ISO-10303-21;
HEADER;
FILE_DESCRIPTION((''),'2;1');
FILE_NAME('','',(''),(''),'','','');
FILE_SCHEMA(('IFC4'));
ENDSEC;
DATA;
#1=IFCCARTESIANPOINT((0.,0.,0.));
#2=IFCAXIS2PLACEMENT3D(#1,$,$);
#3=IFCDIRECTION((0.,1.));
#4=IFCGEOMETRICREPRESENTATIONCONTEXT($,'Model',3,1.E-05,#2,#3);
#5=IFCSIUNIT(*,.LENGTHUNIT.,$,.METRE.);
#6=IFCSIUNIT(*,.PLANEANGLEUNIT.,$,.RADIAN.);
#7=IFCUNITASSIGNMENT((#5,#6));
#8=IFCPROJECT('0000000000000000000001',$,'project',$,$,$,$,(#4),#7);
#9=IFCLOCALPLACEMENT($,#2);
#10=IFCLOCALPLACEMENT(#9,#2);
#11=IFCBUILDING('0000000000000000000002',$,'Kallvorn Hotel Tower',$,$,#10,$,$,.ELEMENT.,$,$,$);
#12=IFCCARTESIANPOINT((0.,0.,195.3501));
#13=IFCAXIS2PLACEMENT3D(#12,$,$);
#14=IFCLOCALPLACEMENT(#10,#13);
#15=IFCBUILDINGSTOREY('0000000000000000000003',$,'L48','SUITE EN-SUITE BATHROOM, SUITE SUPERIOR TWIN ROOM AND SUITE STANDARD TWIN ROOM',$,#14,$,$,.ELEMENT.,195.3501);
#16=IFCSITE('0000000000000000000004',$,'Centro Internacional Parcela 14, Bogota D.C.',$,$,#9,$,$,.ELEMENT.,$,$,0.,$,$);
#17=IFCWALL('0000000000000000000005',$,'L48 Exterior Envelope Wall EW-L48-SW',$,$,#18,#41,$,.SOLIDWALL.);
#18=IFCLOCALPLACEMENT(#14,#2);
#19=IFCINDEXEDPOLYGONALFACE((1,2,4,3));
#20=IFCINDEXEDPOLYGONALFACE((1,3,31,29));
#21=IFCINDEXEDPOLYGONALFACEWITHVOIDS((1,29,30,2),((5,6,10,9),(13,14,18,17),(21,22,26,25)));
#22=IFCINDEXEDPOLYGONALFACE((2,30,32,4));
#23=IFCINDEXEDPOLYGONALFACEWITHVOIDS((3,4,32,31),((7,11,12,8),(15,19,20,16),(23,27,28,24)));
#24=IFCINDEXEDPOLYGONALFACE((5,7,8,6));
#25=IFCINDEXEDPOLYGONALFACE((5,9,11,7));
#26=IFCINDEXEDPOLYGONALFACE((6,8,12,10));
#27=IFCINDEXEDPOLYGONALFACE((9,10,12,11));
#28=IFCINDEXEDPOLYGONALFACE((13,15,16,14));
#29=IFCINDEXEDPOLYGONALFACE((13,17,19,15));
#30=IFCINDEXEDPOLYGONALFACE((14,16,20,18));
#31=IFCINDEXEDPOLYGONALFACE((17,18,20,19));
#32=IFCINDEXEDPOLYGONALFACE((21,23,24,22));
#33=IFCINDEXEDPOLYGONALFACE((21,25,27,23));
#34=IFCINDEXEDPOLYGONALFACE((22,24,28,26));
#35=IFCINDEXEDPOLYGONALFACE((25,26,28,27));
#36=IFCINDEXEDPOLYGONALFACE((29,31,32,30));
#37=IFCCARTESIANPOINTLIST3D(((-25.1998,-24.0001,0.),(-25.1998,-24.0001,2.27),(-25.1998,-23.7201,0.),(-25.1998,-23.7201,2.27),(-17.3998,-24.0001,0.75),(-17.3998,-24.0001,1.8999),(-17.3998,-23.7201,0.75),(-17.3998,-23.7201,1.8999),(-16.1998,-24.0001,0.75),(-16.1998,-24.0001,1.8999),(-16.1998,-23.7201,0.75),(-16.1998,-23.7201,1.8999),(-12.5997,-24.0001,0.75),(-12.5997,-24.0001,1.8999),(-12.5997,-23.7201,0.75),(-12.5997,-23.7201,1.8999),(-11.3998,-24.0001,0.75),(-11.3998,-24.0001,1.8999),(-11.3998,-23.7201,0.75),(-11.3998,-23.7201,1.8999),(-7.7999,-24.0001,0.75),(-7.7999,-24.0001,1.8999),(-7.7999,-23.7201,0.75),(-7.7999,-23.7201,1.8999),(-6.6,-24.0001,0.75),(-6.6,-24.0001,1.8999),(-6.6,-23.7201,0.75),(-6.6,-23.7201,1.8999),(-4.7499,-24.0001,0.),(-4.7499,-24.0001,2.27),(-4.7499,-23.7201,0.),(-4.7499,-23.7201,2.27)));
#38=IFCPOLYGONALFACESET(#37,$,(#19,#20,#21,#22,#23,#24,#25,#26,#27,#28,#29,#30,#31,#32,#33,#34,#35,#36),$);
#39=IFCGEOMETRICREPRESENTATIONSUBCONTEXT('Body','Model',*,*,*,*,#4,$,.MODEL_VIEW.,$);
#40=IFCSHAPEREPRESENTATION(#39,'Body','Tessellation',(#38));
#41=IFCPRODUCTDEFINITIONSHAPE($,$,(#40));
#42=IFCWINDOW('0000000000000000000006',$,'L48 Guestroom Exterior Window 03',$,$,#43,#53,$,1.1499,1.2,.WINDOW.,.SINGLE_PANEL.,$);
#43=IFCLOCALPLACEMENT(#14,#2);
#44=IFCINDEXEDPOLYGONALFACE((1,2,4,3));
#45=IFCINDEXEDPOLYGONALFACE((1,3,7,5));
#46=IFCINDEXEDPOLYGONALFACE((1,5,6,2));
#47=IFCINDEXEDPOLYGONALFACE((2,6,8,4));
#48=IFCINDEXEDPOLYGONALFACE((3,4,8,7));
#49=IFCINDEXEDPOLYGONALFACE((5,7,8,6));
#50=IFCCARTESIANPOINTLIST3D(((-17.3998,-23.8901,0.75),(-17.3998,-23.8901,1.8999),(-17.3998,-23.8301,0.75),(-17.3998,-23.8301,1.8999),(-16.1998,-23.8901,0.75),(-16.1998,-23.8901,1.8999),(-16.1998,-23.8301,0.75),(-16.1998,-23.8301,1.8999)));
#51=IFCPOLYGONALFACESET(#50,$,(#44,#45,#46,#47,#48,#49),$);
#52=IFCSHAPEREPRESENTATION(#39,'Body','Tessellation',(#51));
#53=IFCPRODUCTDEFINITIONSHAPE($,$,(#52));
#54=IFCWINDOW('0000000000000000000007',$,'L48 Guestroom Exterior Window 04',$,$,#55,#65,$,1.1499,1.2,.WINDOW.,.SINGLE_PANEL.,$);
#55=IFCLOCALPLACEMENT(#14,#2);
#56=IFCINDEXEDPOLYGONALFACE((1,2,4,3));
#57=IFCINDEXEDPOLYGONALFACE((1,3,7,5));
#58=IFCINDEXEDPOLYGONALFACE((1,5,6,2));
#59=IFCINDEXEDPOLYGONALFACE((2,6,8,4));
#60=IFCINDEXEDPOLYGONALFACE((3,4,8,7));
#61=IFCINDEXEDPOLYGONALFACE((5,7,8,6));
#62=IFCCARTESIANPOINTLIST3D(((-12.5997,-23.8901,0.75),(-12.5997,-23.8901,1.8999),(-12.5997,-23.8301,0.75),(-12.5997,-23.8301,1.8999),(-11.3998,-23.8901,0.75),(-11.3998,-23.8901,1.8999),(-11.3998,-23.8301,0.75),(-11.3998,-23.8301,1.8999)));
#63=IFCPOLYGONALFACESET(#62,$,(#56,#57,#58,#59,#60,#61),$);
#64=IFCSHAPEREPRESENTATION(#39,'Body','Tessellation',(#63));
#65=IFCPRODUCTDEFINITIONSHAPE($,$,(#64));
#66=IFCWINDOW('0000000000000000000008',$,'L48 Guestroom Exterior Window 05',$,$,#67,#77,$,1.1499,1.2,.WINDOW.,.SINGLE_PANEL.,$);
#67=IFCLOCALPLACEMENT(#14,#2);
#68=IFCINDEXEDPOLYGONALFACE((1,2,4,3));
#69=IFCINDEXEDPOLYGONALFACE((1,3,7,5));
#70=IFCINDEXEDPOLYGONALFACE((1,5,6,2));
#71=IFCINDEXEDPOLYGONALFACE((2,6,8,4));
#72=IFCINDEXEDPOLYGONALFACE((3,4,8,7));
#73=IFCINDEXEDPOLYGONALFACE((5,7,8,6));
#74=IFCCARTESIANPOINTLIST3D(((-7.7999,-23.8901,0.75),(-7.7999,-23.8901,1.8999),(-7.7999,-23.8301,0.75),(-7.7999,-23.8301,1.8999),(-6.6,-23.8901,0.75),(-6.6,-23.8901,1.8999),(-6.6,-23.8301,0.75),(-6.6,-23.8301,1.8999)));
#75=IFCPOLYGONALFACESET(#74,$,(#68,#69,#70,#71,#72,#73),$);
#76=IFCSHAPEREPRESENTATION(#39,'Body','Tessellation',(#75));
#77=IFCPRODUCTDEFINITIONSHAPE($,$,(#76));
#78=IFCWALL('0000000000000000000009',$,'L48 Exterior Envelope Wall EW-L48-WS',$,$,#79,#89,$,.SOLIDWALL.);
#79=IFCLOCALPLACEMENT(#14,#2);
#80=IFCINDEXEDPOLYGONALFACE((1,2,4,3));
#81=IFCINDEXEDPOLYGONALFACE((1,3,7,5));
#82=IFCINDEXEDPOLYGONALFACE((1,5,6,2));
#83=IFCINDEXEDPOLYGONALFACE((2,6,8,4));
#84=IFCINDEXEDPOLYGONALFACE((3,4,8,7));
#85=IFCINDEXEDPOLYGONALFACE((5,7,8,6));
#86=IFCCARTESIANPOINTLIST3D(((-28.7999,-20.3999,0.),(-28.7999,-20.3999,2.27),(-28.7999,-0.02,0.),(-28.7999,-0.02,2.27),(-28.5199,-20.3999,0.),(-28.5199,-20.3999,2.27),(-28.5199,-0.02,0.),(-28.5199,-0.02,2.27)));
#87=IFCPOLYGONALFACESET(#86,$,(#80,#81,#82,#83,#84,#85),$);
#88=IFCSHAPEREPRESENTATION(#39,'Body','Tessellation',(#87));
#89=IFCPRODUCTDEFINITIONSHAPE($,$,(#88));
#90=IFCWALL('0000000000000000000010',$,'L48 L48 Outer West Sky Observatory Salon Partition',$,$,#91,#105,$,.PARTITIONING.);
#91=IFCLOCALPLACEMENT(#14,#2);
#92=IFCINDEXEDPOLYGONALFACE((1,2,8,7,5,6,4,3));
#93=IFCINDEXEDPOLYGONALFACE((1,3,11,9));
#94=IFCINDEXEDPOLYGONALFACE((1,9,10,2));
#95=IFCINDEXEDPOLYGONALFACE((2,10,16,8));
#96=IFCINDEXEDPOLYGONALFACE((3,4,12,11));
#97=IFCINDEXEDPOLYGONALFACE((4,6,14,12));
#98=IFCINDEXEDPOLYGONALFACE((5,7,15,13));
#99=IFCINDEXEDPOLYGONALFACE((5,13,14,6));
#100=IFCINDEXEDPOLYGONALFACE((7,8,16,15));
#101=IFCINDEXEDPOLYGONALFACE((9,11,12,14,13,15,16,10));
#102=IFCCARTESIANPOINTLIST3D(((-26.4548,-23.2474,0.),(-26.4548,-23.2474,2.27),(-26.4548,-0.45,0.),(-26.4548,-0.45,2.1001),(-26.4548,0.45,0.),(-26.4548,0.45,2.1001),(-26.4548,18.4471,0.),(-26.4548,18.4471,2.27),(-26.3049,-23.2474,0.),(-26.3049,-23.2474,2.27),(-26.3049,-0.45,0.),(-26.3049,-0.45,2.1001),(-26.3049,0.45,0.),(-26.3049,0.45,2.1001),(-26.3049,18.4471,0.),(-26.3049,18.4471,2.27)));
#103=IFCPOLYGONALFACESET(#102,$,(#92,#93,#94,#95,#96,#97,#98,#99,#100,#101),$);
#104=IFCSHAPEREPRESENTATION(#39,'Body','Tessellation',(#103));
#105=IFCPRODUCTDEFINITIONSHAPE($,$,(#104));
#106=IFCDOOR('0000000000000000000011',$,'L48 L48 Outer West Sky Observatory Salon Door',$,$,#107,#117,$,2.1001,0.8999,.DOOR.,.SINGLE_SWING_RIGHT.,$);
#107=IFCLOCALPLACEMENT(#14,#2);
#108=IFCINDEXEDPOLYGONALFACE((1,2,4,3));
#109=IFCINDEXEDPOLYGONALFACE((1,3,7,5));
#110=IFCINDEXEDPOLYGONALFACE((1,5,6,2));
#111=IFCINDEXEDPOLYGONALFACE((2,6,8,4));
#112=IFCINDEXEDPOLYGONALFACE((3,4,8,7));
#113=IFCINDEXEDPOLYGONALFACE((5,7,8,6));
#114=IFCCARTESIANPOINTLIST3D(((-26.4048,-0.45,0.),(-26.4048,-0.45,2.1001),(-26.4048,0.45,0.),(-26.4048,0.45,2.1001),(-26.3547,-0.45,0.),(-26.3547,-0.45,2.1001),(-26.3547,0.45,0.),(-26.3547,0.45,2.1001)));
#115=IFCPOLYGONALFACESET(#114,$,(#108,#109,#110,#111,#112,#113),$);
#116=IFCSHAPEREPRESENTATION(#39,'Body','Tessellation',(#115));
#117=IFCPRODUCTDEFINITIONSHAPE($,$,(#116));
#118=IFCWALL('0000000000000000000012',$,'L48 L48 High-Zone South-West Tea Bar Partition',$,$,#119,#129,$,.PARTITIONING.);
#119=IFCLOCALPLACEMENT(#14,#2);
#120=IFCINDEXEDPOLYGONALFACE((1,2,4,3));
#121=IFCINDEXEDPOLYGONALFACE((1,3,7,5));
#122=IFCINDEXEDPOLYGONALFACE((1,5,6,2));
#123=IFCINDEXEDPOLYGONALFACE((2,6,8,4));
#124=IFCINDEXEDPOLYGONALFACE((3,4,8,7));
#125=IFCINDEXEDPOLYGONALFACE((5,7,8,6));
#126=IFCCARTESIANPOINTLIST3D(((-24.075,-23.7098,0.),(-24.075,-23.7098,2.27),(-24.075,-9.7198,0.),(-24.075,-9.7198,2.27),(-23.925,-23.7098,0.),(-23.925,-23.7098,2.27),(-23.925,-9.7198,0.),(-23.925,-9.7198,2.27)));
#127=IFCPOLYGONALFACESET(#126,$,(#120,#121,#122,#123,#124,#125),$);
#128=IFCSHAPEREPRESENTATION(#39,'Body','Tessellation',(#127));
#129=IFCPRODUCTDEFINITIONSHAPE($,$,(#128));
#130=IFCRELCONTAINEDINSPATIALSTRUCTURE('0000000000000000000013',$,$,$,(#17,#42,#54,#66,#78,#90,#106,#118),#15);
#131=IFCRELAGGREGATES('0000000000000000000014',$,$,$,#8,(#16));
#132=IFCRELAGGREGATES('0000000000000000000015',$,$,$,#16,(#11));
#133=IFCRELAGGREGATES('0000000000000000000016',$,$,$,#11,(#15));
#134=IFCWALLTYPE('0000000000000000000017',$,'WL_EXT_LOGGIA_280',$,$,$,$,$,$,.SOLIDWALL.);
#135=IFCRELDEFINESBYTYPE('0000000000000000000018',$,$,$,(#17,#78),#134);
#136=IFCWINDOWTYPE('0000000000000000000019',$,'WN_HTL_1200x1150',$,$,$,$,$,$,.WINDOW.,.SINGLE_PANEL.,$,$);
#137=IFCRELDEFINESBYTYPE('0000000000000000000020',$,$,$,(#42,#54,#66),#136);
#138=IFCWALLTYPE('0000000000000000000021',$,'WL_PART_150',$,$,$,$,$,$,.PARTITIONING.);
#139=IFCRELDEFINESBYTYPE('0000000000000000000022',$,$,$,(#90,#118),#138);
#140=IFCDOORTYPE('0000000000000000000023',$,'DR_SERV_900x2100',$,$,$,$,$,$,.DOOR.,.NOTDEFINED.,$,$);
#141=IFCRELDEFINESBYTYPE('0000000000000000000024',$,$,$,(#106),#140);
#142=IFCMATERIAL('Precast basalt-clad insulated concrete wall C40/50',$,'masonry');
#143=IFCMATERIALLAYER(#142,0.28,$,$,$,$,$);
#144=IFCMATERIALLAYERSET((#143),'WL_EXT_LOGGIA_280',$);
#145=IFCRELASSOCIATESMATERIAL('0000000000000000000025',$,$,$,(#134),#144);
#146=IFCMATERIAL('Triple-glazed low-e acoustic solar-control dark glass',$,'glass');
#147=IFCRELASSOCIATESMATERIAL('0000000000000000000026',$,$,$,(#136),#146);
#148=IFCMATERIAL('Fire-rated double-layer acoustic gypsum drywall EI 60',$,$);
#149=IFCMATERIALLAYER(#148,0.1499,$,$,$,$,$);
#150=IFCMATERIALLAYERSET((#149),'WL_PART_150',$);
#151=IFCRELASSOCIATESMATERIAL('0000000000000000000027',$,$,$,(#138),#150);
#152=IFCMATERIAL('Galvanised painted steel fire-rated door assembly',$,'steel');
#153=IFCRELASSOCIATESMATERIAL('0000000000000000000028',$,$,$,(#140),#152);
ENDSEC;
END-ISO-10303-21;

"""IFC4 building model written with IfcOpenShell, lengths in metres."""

from ifc_helpers import new_model, si_unit, direction, frame, frame_2d, origin, place, context, subcontext, project, spatial, rectangle, extrude, material, layer, layer_set, type_object, element, fill, save


model = new_model("IFC4")

# Units and contexts
model_context = context("Model", 3, precision=1e-05, world=origin(), true_north=direction((0.0, 1.0)))
body_context = subcontext(model_context, "Body", "Model", "MODEL_VIEW")
ifc_project = project(units=[si_unit("LENGTHUNIT", "METRE"), si_unit("PLANEANGLEUNIT", "RADIAN")], contexts=[model_context])

# Site, building, storey
site_placement = place(None, origin())
site = spatial("IfcSite", under=ifc_project, at=site_placement, Name="Centro Internacional Parcela 14, Bogota D.C.", CompositionType="ELEMENT", RefElevation=0.0)
building_placement = place(site_placement, origin())
building = spatial("IfcBuilding", under=site, at=building_placement, Name="Kallvorn Hotel Tower", CompositionType="ELEMENT")
storey_placement = place(building_placement, frame((0.0, 0.0, 195.3501)))
storey = spatial("IfcBuildingStorey", under=building, at=storey_placement, Name="L48", Description="SUITE EN-SUITE BATHROOM, SUITE SUPERIOR TWIN ROOM AND SUITE STANDARD TWIN ROOM", CompositionType="ELEMENT", Elevation=195.3501)

# Shared definitions
ifc_material_1 = material(Name="Precast basalt-clad insulated concrete wall C40/50", Category="masonry")
ifc_layer_1 = layer(ifc_material_1, 0.28)
ifc_layer_set_1 = layer_set([ifc_layer_1], Name="WL_EXT_LOGGIA_280")
wall_type_1 = type_object("IfcWallType", Name="WL_EXT_LOGGIA_280", PredefinedType="SOLIDWALL", material=ifc_layer_set_1)

# Wall, openings, windows
wall_1_placement = place(storey_placement, frame((-25.2, -23.8601, 0.0), z_axis=(0.0, 0.0, 1.0), x_axis=(1.0, 0.0, 0.0)))
wall_1 = element("IfcWall", 1, at=wall_1_placement, inside=storey, type_object=wall_type_1, Name="L48 Exterior Envelope Wall EW-L48-SW", PredefinedType="SOLIDWALL", context=body_context, shape_type="SweptSolid", body=[
    extrude(rectangle(XDim=20.45, YDim=0.28, at=frame_2d((10.2251, 0.0))), origin(), (0.0, 0.0, 1.0), 2.27),
])
opening_1_placement = place(wall_1_placement, frame((7.8, 0.0, 0.75)))
opening_1 = element("IfcOpeningElement", 2, at=opening_1_placement, cuts=wall_1, PredefinedType="OPENING", context=body_context, shape_type="SweptSolid", body=[
    extrude(rectangle(XDim=1.2, YDim=1.1499, at=frame_2d((0.6001, 0.575))), frame((0.0, 0.155, 0.0), z_axis=(0.0, -1.0, 0.0), x_axis=(1.0, 0.0, 0.0)), (0.0, 0.0, 1.0), 0.3101),
])
opening_2_placement = place(wall_1_placement, frame((12.6001, 0.0, 0.75)))
opening_2 = element("IfcOpeningElement", 3, at=opening_2_placement, cuts=wall_1, PredefinedType="OPENING", context=body_context, shape_type="SweptSolid", body=[
    extrude(rectangle(XDim=1.2, YDim=1.1499, at=frame_2d((0.6001, 0.575))), frame((0.0, 0.155, 0.0), z_axis=(0.0, -1.0, 0.0), x_axis=(1.0, 0.0, 0.0)), (0.0, 0.0, 1.0), 0.3101),
])
opening_3_placement = place(wall_1_placement, frame((17.3999, 0.0, 0.75)))
opening_3 = element("IfcOpeningElement", 4, at=opening_3_placement, cuts=wall_1, PredefinedType="OPENING", context=body_context, shape_type="SweptSolid", body=[
    extrude(rectangle(XDim=1.2, YDim=1.1499, at=frame_2d((0.6001, 0.575))), frame((0.0, 0.155, 0.0), z_axis=(0.0, -1.0, 0.0), x_axis=(1.0, 0.0, 0.0)), (0.0, 0.0, 1.0), 0.3101),
])
ifc_material_2 = material(Name="Triple-glazed low-e acoustic solar-control dark glass", Category="glass")
window_type = type_object("IfcWindowType", Name="WN_HTL_1200x1150", PartitioningType="SINGLE_PANEL", PredefinedType="WINDOW", material=ifc_material_2)
window_1_placement = place(opening_1_placement, origin())
window_1 = element("IfcWindow", 5, at=window_1_placement, inside=storey, type_object=window_type, Name="L48 Guestroom Exterior Window 03", OverallHeight=1.1499, OverallWidth=1.2, PartitioningType="SINGLE_PANEL", PredefinedType="WINDOW", context=body_context, shape_type="SweptSolid", body=[
    extrude(rectangle(XDim=1.2, YDim=1.1499, at=frame_2d((0.6001, 0.575))), frame((0.0, 0.03, 0.0), z_axis=(0.0, -1.0, 0.0), x_axis=(1.0, 0.0, 0.0)), (0.0, 0.0, 1.0), 0.0601),
])
fill(opening_1, window_1)
window_2_placement = place(opening_2_placement, origin())
window_2 = element("IfcWindow", 6, at=window_2_placement, inside=storey, type_object=window_type, Name="L48 Guestroom Exterior Window 04", OverallHeight=1.1499, OverallWidth=1.2, PartitioningType="SINGLE_PANEL", PredefinedType="WINDOW", context=body_context, shape_type="SweptSolid", body=[
    extrude(rectangle(XDim=1.2, YDim=1.1499, at=frame_2d((0.6001, 0.575))), frame((0.0, 0.03, 0.0), z_axis=(0.0, -1.0, 0.0), x_axis=(1.0, 0.0, 0.0)), (0.0, 0.0, 1.0), 0.0601),
])
fill(opening_2, window_2)
window_3_placement = place(opening_3_placement, origin())
window_3 = element("IfcWindow", 7, at=window_3_placement, inside=storey, type_object=window_type, Name="L48 Guestroom Exterior Window 05", OverallHeight=1.1499, OverallWidth=1.2, PartitioningType="SINGLE_PANEL", PredefinedType="WINDOW", context=body_context, shape_type="SweptSolid", body=[
    extrude(rectangle(XDim=1.2, YDim=1.1499, at=frame_2d((0.6001, 0.575))), frame((0.0, 0.03, 0.0), z_axis=(0.0, -1.0, 0.0), x_axis=(1.0, 0.0, 0.0)), (0.0, 0.0, 1.0), 0.0601),
])
fill(opening_3, window_3)

# Wall
wall_2_placement = place(storey_placement, frame((-28.6599, -20.3999, 0.0), z_axis=(0.0, 0.0, 1.0), x_axis=(0.0, 1.0, 0.0)))
element("IfcWall", 8, at=wall_2_placement, inside=storey, type_object=wall_type_1, Name="L48 Exterior Envelope Wall EW-L48-WS", PredefinedType="SOLIDWALL", context=body_context, shape_type="SweptSolid", body=[
    extrude(rectangle(XDim=20.3799, YDim=0.28, at=frame_2d((10.1899, 0.0))), origin(), (0.0, 0.0, 1.0), 2.27),
])

# Wall, opening, door
ifc_material_3 = material(Name="Fire-rated double-layer acoustic gypsum drywall EI 60")
ifc_layer_2 = layer(ifc_material_3, 0.1499)
ifc_layer_set_2 = layer_set([ifc_layer_2], Name="WL_PART_150")
wall_type_2 = type_object("IfcWallType", Name="WL_PART_150", PredefinedType="PARTITIONING", material=ifc_layer_set_2)
wall_3_placement = place(storey_placement, frame((-26.3799, -23.2473, 0.0), z_axis=(0.0, 0.0, 1.0), x_axis=(0.0, 1.0, 0.0)))
wall_3 = element("IfcWall", 9, at=wall_3_placement, inside=storey, type_object=wall_type_2, Name="L48 L48 Outer West Sky Observatory Salon Partition", PredefinedType="PARTITIONING", context=body_context, shape_type="SweptSolid", body=[
    extrude(rectangle(XDim=41.6946, YDim=0.1499, at=frame_2d((20.8472, 0.0))), origin(), (0.0, 0.0, 1.0), 2.27),
])
opening_4_placement = place(wall_3_placement, frame((22.7974, 0.0, 0.0)))
opening_4 = element("IfcOpeningElement", 10, at=opening_4_placement, cuts=wall_3, PredefinedType="OPENING", context=body_context, shape_type="SweptSolid", body=[
    extrude(rectangle(XDim=0.8999, YDim=2.1001, at=frame_2d((0.45, 1.05))), frame((0.0, 0.0898, 0.0), z_axis=(0.0, -1.0, 0.0), x_axis=(1.0, 0.0, 0.0)), (0.0, 0.0, 1.0), 0.1799),
])
ifc_material_4 = material(Name="Galvanised painted steel fire-rated door assembly", Category="steel")
door_type = type_object("IfcDoorType", Name="DR_SERV_900x2100", OperationType="NOTDEFINED", PredefinedType="DOOR", material=ifc_material_4)
door_placement = place(opening_4_placement, origin())
door = element("IfcDoor", 11, at=door_placement, inside=storey, type_object=door_type, Name="L48 L48 Outer West Sky Observatory Salon Door", OperationType="SINGLE_SWING_RIGHT", OverallHeight=2.1001, OverallWidth=0.8999, PredefinedType="DOOR", context=body_context, shape_type="SweptSolid", body=[
    extrude(rectangle(XDim=0.8999, YDim=2.1001, at=frame_2d((0.45, 1.05))), frame((0.0, 0.0249, 0.0), z_axis=(0.0, -1.0, 0.0), x_axis=(1.0, 0.0, 0.0)), (0.0, 0.0, 1.0), 0.05),
])
fill(opening_4, door)

# Wall
wall_4_placement = place(storey_placement, frame((-24.0, -23.71, 0.0), z_axis=(0.0, 0.0, 1.0), x_axis=(0.0, 1.0, 0.0)))
element("IfcWall", 12, at=wall_4_placement, inside=storey, type_object=wall_type_2, Name="L48 L48 High-Zone South-West Tea Bar Partition", PredefinedType="PARTITIONING", context=body_context, shape_type="SweptSolid", body=[
    extrude(rectangle(XDim=13.99, YDim=0.1499, at=frame_2d((6.9951, 0.0))), origin(), (0.0, 0.0, 1.0), 2.27),
])

save(model, "model.ifc")
